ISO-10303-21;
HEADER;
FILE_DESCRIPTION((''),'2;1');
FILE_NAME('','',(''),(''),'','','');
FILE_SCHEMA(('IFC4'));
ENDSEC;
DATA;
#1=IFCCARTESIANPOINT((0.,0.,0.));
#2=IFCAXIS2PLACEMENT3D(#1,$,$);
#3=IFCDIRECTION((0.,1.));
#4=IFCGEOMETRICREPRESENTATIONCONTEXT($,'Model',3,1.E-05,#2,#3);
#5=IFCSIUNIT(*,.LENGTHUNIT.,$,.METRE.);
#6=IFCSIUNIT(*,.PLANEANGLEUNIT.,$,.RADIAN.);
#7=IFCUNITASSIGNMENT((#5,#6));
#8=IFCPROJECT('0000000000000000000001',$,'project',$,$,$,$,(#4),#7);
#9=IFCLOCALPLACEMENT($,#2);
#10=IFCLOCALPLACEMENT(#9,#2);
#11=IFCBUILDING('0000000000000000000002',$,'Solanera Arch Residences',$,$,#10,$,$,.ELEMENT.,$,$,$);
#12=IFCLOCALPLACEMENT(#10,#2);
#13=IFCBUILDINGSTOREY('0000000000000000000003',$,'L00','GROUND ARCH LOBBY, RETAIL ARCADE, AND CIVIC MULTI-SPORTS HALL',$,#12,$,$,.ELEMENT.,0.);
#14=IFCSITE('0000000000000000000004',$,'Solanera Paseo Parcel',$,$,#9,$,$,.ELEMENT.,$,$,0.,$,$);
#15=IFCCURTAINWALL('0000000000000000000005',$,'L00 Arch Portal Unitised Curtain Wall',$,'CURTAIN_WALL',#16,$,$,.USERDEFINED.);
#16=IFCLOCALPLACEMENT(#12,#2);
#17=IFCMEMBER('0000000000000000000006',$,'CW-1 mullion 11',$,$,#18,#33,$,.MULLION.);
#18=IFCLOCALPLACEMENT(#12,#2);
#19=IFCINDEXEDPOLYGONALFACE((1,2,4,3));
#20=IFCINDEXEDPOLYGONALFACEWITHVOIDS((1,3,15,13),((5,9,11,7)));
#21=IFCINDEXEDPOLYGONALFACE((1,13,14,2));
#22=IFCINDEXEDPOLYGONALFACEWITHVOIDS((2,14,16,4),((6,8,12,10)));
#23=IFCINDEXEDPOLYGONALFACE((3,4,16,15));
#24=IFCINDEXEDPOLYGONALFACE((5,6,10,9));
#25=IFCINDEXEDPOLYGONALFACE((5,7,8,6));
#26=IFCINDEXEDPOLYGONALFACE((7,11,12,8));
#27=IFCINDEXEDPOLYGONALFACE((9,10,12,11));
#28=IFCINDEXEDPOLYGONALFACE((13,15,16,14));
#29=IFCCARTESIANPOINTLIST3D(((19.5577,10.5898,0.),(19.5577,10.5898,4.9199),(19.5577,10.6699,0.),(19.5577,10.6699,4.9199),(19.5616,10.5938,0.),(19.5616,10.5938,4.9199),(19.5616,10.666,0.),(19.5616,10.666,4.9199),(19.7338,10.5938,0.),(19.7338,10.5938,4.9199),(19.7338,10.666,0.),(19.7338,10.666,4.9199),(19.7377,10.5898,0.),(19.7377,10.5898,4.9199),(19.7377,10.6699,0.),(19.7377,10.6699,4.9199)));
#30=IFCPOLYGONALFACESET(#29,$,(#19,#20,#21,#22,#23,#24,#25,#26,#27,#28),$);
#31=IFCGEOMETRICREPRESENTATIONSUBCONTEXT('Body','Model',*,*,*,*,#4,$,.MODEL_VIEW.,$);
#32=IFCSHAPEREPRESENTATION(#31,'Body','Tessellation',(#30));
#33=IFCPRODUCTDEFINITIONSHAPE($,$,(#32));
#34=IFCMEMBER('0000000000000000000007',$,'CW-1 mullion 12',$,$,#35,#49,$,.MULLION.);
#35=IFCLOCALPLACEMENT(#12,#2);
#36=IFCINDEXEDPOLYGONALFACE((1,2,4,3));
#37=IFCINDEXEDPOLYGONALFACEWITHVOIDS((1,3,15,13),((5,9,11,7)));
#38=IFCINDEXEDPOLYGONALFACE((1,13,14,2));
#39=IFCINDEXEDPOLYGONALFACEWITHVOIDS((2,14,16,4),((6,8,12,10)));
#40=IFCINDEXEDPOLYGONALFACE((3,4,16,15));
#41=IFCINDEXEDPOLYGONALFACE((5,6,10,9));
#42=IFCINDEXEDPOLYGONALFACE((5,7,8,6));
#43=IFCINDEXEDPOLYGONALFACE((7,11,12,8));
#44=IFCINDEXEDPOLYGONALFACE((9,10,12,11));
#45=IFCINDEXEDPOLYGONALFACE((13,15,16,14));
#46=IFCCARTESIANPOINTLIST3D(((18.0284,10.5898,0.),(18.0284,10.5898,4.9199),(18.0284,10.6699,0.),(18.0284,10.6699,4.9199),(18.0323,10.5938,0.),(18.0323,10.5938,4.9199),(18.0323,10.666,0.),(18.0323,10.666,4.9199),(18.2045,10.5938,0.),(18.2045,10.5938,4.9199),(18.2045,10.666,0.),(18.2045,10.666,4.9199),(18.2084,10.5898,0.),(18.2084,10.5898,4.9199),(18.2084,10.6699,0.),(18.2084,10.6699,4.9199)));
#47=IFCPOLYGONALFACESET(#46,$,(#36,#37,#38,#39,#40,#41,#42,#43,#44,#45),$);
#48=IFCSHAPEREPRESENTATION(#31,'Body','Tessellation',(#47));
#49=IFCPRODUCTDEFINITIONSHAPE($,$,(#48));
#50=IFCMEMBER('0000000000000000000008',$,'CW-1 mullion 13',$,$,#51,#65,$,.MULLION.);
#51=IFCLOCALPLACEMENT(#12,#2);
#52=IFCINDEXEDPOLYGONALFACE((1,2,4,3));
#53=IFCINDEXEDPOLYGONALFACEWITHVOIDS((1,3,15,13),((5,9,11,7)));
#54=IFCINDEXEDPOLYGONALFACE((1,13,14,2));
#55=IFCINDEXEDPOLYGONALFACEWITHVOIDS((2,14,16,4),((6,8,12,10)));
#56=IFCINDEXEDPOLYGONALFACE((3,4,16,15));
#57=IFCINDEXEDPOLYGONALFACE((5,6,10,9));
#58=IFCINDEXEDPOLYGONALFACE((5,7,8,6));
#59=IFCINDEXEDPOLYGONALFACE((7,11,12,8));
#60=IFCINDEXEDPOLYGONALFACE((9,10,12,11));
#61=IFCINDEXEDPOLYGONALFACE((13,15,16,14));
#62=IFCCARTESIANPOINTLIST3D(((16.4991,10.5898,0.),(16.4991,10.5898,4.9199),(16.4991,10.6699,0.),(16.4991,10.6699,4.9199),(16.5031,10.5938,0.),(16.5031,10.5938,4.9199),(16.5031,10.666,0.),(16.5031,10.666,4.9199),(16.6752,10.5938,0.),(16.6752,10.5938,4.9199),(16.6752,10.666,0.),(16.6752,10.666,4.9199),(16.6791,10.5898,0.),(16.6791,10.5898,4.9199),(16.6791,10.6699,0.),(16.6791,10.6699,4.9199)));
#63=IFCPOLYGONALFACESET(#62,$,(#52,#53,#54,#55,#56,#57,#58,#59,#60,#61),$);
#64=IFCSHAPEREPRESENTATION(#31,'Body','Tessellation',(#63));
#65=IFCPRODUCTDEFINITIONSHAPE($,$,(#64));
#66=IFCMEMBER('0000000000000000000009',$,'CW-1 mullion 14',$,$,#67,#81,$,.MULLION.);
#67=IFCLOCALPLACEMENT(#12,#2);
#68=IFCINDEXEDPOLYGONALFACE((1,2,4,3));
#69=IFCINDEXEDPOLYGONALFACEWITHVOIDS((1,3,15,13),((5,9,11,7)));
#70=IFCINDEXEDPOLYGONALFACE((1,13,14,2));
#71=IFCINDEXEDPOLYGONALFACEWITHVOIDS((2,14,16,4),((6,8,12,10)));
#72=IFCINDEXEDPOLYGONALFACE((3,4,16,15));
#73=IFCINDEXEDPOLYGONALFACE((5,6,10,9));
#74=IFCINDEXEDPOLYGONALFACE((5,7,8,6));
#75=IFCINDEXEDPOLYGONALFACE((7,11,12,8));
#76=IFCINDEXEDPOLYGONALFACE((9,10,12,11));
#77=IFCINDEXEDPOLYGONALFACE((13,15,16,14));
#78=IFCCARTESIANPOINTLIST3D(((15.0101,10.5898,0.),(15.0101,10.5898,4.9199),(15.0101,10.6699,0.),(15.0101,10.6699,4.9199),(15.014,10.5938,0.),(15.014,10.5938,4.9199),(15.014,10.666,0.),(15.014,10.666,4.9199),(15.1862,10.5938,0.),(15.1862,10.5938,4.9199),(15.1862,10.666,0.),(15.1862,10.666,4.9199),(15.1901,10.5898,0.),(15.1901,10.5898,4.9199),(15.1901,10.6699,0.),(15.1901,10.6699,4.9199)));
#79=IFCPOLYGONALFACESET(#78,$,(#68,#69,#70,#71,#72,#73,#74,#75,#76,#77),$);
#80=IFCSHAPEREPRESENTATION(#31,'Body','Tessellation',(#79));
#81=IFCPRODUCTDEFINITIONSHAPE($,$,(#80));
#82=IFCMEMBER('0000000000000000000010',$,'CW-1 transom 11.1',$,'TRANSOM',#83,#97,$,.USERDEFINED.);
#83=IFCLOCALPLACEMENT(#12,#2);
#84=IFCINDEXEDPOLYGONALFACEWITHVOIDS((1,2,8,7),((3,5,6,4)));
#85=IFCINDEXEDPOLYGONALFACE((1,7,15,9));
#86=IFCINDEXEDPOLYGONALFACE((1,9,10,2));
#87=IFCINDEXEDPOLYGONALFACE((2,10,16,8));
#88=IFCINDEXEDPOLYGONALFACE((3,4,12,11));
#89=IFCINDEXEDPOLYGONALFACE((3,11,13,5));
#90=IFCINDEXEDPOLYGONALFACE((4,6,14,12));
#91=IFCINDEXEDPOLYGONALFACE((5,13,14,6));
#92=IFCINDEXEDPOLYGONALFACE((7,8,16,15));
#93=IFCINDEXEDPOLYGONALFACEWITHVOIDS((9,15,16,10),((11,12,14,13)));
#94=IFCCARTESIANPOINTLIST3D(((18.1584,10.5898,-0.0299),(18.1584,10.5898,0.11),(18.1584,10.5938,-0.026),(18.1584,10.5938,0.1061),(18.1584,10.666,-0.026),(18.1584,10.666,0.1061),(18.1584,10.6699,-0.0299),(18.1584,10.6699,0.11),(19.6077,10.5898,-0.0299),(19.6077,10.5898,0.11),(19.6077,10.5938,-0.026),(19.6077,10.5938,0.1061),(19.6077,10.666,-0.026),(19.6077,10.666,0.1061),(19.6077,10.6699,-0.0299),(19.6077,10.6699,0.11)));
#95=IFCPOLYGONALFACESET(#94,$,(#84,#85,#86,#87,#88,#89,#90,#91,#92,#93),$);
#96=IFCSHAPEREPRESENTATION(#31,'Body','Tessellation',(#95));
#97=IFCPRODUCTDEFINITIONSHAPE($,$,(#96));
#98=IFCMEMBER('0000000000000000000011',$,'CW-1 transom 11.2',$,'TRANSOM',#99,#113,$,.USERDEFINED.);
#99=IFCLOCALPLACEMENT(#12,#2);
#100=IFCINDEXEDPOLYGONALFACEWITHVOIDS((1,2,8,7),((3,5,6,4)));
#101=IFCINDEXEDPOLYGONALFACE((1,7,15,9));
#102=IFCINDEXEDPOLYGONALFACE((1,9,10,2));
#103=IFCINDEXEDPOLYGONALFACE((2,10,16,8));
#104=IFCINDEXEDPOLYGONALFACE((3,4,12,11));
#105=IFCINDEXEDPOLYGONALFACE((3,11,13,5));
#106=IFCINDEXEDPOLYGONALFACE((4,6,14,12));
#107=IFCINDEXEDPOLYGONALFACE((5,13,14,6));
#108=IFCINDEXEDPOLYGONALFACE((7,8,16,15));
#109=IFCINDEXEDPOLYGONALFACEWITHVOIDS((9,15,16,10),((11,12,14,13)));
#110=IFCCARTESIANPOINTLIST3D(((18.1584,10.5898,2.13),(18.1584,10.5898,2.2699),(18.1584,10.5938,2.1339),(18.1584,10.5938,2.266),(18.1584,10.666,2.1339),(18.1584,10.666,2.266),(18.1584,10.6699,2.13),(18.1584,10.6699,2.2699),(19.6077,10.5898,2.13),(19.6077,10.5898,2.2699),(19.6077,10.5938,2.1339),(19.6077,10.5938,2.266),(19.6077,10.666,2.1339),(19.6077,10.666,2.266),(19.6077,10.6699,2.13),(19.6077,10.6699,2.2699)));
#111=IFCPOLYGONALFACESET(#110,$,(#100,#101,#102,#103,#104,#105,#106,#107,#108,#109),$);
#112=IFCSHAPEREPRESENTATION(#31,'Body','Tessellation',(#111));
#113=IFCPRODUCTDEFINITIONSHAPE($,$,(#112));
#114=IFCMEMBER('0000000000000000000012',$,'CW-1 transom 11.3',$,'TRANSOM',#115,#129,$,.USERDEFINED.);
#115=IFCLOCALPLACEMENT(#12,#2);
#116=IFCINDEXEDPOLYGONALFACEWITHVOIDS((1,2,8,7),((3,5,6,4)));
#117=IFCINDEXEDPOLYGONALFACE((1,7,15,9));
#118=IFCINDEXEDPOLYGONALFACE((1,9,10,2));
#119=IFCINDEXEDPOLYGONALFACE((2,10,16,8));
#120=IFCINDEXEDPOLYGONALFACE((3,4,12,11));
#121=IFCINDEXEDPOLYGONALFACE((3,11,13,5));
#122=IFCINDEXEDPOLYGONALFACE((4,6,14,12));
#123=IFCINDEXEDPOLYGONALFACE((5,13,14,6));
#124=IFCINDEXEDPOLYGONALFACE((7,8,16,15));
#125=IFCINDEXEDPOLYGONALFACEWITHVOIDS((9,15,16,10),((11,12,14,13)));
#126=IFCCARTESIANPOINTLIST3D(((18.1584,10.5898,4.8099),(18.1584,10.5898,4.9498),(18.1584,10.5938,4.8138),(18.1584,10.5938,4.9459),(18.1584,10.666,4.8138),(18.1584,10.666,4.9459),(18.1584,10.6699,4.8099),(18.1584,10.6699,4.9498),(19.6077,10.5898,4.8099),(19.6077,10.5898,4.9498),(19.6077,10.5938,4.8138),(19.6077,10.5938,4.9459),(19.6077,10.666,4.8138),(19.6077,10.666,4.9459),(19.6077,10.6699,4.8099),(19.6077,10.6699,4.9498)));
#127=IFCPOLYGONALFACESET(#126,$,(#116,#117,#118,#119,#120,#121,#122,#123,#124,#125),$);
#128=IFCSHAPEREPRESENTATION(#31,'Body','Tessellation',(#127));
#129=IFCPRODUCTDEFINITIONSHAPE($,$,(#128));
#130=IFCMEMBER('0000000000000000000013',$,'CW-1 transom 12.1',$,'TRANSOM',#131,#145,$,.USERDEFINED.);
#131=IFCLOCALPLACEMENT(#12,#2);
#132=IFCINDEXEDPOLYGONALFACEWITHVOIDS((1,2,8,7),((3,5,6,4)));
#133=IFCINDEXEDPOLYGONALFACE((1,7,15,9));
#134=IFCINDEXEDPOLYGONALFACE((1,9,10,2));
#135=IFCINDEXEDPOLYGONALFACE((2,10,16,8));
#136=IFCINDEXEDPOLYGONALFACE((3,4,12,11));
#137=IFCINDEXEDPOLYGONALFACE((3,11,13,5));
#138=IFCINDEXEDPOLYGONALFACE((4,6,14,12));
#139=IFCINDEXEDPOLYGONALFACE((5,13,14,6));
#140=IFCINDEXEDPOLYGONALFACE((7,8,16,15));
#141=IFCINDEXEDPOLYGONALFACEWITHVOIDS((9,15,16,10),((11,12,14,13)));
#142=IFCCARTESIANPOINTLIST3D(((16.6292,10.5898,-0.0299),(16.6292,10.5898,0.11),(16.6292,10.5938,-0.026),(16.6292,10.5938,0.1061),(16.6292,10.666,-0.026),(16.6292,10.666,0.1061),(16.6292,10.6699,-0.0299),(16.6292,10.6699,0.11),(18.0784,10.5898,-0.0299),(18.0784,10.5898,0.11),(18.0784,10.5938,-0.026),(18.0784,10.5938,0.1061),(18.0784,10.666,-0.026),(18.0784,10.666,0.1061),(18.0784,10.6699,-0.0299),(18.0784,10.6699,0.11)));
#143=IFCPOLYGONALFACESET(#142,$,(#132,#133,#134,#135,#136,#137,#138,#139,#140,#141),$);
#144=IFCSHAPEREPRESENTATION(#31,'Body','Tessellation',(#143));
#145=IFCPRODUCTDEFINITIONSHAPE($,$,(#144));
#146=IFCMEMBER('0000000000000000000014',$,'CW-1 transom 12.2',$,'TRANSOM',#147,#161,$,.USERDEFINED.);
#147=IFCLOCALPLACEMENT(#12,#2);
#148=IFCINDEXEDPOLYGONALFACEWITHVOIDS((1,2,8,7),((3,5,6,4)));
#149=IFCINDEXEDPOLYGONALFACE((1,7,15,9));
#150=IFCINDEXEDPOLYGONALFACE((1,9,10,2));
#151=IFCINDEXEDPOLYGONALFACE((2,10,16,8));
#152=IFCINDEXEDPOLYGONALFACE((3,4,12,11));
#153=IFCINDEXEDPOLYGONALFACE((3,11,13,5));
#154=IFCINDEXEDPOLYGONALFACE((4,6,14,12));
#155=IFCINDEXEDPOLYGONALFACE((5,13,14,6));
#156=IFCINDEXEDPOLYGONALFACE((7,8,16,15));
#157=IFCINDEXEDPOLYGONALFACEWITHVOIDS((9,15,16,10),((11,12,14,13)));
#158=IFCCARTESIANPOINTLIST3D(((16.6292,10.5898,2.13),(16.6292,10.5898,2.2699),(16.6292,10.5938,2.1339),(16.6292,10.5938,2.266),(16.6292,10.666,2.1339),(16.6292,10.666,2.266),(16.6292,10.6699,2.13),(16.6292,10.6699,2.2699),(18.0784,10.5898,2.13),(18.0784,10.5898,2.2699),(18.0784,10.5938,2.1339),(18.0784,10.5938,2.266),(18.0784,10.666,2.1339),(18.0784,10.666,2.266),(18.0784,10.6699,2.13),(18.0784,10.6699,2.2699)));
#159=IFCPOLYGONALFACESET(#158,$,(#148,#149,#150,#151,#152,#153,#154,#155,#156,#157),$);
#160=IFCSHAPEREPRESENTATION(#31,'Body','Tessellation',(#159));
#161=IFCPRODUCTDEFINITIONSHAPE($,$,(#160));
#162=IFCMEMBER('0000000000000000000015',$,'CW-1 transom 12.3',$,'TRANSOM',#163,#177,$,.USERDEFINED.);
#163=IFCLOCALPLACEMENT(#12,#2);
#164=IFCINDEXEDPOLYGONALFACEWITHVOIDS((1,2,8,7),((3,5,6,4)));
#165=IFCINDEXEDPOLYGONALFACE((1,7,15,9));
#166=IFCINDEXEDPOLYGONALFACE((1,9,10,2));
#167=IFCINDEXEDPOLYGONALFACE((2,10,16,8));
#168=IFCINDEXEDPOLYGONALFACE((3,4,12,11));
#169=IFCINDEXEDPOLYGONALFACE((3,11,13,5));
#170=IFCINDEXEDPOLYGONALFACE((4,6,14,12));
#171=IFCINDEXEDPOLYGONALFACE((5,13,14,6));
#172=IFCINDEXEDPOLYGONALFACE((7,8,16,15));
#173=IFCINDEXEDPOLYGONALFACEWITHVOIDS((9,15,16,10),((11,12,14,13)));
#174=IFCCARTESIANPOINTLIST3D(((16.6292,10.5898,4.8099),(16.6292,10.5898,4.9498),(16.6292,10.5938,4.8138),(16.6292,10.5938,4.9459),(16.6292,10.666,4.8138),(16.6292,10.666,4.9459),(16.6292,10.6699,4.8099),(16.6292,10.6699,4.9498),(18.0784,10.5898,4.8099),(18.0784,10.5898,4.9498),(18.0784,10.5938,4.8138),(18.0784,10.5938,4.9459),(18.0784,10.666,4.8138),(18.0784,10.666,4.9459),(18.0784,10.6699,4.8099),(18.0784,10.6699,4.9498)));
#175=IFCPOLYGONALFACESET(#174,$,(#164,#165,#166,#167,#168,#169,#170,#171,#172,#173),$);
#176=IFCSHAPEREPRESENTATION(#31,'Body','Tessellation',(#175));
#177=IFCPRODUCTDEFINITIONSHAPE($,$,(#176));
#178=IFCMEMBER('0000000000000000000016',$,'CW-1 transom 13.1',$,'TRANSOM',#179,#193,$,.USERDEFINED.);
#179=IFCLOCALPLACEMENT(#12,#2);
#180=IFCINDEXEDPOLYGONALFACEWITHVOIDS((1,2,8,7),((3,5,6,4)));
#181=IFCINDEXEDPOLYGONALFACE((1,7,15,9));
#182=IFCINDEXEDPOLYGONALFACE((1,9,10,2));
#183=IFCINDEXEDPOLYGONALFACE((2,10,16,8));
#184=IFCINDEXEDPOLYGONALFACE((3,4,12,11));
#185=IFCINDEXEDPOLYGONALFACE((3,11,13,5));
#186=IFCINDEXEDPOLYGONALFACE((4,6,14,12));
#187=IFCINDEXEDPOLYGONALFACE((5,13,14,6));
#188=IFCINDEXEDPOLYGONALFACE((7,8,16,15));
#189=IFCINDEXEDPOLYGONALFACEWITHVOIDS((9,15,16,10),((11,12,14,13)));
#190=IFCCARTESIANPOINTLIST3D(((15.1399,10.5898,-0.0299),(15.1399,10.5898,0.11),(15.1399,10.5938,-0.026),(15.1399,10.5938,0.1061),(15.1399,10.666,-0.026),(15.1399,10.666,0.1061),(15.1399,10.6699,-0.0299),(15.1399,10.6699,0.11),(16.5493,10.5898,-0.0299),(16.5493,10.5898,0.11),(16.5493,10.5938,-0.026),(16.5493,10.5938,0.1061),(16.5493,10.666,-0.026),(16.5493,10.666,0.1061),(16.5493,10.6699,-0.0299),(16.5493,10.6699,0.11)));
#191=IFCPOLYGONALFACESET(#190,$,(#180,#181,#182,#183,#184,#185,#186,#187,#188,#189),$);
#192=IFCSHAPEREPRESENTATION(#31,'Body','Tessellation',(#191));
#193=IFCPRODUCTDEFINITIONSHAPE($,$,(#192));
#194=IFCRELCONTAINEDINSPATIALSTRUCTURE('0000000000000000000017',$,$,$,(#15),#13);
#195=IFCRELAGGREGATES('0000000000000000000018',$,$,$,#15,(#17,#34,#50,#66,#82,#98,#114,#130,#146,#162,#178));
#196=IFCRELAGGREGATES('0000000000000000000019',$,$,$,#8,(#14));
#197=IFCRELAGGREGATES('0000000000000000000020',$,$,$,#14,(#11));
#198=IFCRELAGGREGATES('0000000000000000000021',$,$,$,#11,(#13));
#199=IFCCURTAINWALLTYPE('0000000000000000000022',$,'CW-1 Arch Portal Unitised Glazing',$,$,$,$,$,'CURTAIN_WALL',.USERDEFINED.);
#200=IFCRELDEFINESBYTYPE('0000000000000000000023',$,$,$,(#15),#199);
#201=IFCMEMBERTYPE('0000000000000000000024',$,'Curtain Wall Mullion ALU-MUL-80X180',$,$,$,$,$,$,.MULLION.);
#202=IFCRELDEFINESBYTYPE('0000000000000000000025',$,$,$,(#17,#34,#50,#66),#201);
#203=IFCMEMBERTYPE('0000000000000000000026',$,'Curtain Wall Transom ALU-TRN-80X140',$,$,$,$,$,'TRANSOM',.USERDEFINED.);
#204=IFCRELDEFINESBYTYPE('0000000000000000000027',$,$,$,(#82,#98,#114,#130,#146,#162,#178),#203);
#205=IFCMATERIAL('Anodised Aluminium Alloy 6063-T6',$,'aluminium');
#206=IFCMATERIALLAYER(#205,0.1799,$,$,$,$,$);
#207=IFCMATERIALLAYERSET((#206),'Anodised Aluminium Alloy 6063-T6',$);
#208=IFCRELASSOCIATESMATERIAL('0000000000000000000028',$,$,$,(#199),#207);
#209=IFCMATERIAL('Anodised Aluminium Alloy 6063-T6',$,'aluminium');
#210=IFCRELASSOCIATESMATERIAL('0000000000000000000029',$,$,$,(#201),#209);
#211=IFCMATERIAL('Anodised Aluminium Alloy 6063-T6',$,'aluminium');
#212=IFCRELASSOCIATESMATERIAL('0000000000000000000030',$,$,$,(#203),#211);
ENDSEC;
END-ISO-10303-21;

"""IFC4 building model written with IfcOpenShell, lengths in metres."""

from ifc_helpers import new_model, si_unit, direction, frame, origin, origin_2d, place, context, subcontext, project, spatial, hollow_rectangle, extrude, material, layer, layer_set, material_profile, profile_set, type_object, element, aggregate, save


model = new_model("IFC4")

# Units and contexts
model_context = context("Model", 3, precision=1e-05, world=origin(), true_north=direction((0.0, 1.0)))
body_context = subcontext(model_context, "Body", "Model", "MODEL_VIEW")
ifc_project = project(units=[si_unit("LENGTHUNIT", "METRE"), si_unit("PLANEANGLEUNIT", "RADIAN")], contexts=[model_context])

# Site, building, storey
site_placement = place(None, origin())
site = spatial("IfcSite", under=ifc_project, at=site_placement, Name="Solanera Paseo Parcel", CompositionType="ELEMENT", RefElevation=0.0)
building_placement = place(site_placement, origin())
building = spatial("IfcBuilding", under=site, at=building_placement, Name="Solanera Arch Residences", CompositionType="ELEMENT")
storey_placement = place(building_placement, origin())
storey = spatial("IfcBuildingStorey", under=building, at=storey_placement, Name="L00", Description="GROUND ARCH LOBBY, RETAIL ARCADE, AND CIVIC MULTI-SPORTS HALL", CompositionType="ELEMENT", Elevation=0.0)

# Curtain wall, members
ifc_material_1 = material(Name="Anodised Aluminium Alloy 6063-T6", Category="aluminium")
ifc_layer_1 = layer(ifc_material_1, 0.1799)
ifc_layer_set_1 = layer_set([ifc_layer_1], Name="Anodised Aluminium Alloy 6063-T6")
curtain_wall_type = type_object("IfcCurtainWallType", Name="CW-1 Arch Portal Unitised Glazing", ElementType="CURTAIN_WALL", PredefinedType="USERDEFINED", material=ifc_layer_set_1)
curtain_wall_placement = place(storey_placement, origin())
curtain_wall = element("IfcCurtainWall", 1, at=curtain_wall_placement, inside=storey, type_object=curtain_wall_type, Name="L00 Arch Portal Unitised Curtain Wall", ObjectType="CURTAIN_WALL", PredefinedType="USERDEFINED")
ifc_material_2 = material(Name="Anodised Aluminium Alloy 6063-T6", Category="aluminium")
ifc_material_profile_1 = material_profile(ifc_material_2, hollow_rectangle(XDim=0.0801, YDim=0.1799, WallThickness=0.0039, at=origin_2d()))
ifc_profile_set_1 = profile_set([ifc_material_profile_1], Name="Anodised Aluminium Alloy 6063-T6")
member_type_1 = type_object("IfcMemberType", Name="Curtain Wall Mullion ALU-MUL-80X180", PredefinedType="MULLION", material=ifc_profile_set_1)
member_1_placement = place(storey_placement, frame((19.6477, 10.6299, 0.0), z_axis=(0.0, 0.0, 1.0), x_axis=(0.0, -1.0, 0.0)))
member_1 = element("IfcMember", 2, at=member_1_placement, type_object=member_type_1, Name="CW-1 mullion 11", PredefinedType="MULLION", context=body_context, shape_type="SweptSolid", body=[
    extrude(hollow_rectangle(XDim=0.0801, YDim=0.1799, WallThickness=0.0039, at=origin_2d()), origin(), (0.0, 0.0, 1.0), 4.9199),
])
member_2_placement = place(storey_placement, frame((18.1184, 10.6299, 0.0), z_axis=(0.0, 0.0, 1.0), x_axis=(0.0, -1.0, 0.0)))
member_2 = element("IfcMember", 3, at=member_2_placement, type_object=member_type_1, Name="CW-1 mullion 12", PredefinedType="MULLION", context=body_context, shape_type="SweptSolid", body=[
    extrude(hollow_rectangle(XDim=0.0801, YDim=0.1799, WallThickness=0.0039, at=origin_2d()), origin(), (0.0, 0.0, 1.0), 4.9199),
])
member_3_placement = place(storey_placement, frame((16.5891, 10.6299, 0.0), z_axis=(0.0, 0.0, 1.0), x_axis=(0.0, -1.0, 0.0)))
member_3 = element("IfcMember", 4, at=member_3_placement, type_object=member_type_1, Name="CW-1 mullion 13", PredefinedType="MULLION", context=body_context, shape_type="SweptSolid", body=[
    extrude(hollow_rectangle(XDim=0.0801, YDim=0.1799, WallThickness=0.0039, at=origin_2d()), origin(), (0.0, 0.0, 1.0), 4.9199),
])
member_4_placement = place(storey_placement, frame((15.1001, 10.6299, 0.0), z_axis=(0.0, 0.0, 1.0), x_axis=(0.0, -1.0, 0.0)))
member_4 = element("IfcMember", 5, at=member_4_placement, type_object=member_type_1, Name="CW-1 mullion 14", PredefinedType="MULLION", context=body_context, shape_type="SweptSolid", body=[
    extrude(hollow_rectangle(XDim=0.0801, YDim=0.1799, WallThickness=0.0039, at=origin_2d()), origin(), (0.0, 0.0, 1.0), 4.9199),
])
ifc_material_3 = material(Name="Anodised Aluminium Alloy 6063-T6", Category="aluminium")
ifc_material_profile_2 = material_profile(ifc_material_3, hollow_rectangle(XDim=0.0801, YDim=0.1399, WallThickness=0.0039, at=origin_2d()))
ifc_profile_set_2 = profile_set([ifc_material_profile_2], Name="Anodised Aluminium Alloy 6063-T6")
member_type_2 = type_object("IfcMemberType", Name="Curtain Wall Transom ALU-TRN-80X140", ElementType="TRANSOM", PredefinedType="USERDEFINED", material=ifc_profile_set_2)
member_5_placement = place(storey_placement, frame((19.6077, 10.6299, 0.04), z_axis=(-1.0, 0.0, 0.0), x_axis=(0.0, -1.0, 0.0)))
member_5 = element("IfcMember", 6, at=member_5_placement, type_object=member_type_2, Name="CW-1 transom 11.1", ObjectType="TRANSOM", PredefinedType="USERDEFINED", context=body_context, shape_type="SweptSolid", body=[
    extrude(hollow_rectangle(XDim=0.0801, YDim=0.1399, WallThickness=0.0039, at=origin_2d()), origin(), (0.0, 0.0, 1.0), 1.4492),
])
member_6_placement = place(storey_placement, frame((19.6077, 10.6299, 2.2), z_axis=(-1.0, 0.0, 0.0), x_axis=(0.0, -1.0, 0.0)))
member_6 = element("IfcMember", 7, at=member_6_placement, type_object=member_type_2, Name="CW-1 transom 11.2", ObjectType="TRANSOM", PredefinedType="USERDEFINED", context=body_context, shape_type="SweptSolid", body=[
    extrude(hollow_rectangle(XDim=0.0801, YDim=0.1399, WallThickness=0.0039, at=origin_2d()), origin(), (0.0, 0.0, 1.0), 1.4492),
])
member_7_placement = place(storey_placement, frame((19.6077, 10.6299, 4.8799), z_axis=(-1.0, 0.0, 0.0), x_axis=(0.0, -1.0, 0.0)))
member_7 = element("IfcMember", 8, at=member_7_placement, type_object=member_type_2, Name="CW-1 transom 11.3", ObjectType="TRANSOM", PredefinedType="USERDEFINED", context=body_context, shape_type="SweptSolid", body=[
    extrude(hollow_rectangle(XDim=0.0801, YDim=0.1399, WallThickness=0.0039, at=origin_2d()), origin(), (0.0, 0.0, 1.0), 1.4492),
])
member_8_placement = place(storey_placement, frame((18.0784, 10.6299, 0.04), z_axis=(-1.0, 0.0, 0.0), x_axis=(0.0, -1.0, 0.0)))
member_8 = element("IfcMember", 9, at=member_8_placement, type_object=member_type_2, Name="CW-1 transom 12.1", ObjectType="TRANSOM", PredefinedType="USERDEFINED", context=body_context, shape_type="SweptSolid", body=[
    extrude(hollow_rectangle(XDim=0.0801, YDim=0.1399, WallThickness=0.0039, at=origin_2d()), origin(), (0.0, 0.0, 1.0), 1.4492),
])
member_9_placement = place(storey_placement, frame((18.0784, 10.6299, 2.2), z_axis=(-1.0, 0.0, 0.0), x_axis=(0.0, -1.0, 0.0)))
member_9 = element("IfcMember", 10, at=member_9_placement, type_object=member_type_2, Name="CW-1 transom 12.2", ObjectType="TRANSOM", PredefinedType="USERDEFINED", context=body_context, shape_type="SweptSolid", body=[
    extrude(hollow_rectangle(XDim=0.0801, YDim=0.1399, WallThickness=0.0039, at=origin_2d()), origin(), (0.0, 0.0, 1.0), 1.4492),
])
member_10_placement = place(storey_placement, frame((18.0784, 10.6299, 4.8799), z_axis=(-1.0, 0.0, 0.0), x_axis=(0.0, -1.0, 0.0)))
member_10 = element("IfcMember", 11, at=member_10_placement, type_object=member_type_2, Name="CW-1 transom 12.3", ObjectType="TRANSOM", PredefinedType="USERDEFINED", context=body_context, shape_type="SweptSolid", body=[
    extrude(hollow_rectangle(XDim=0.0801, YDim=0.1399, WallThickness=0.0039, at=origin_2d()), origin(), (0.0, 0.0, 1.0), 1.4492),
])
member_11_placement = place(storey_placement, frame((16.5493, 10.6299, 0.04), z_axis=(-1.0, 0.0, 0.0), x_axis=(0.0, -1.0, 0.0)))
member_11 = element("IfcMember", 12, at=member_11_placement, type_object=member_type_2, Name="CW-1 transom 13.1", ObjectType="TRANSOM", PredefinedType="USERDEFINED", context=body_context, shape_type="SweptSolid", body=[
    extrude(hollow_rectangle(XDim=0.0801, YDim=0.1399, WallThickness=0.0039, at=origin_2d()), origin(), (0.0, 0.0, 1.0), 1.4094),
])
aggregate(curtain_wall, [member_1, member_2, member_3, member_4, member_5, member_6, member_7, member_8, member_9, member_10, member_11])

save(model, "model.ifc")
